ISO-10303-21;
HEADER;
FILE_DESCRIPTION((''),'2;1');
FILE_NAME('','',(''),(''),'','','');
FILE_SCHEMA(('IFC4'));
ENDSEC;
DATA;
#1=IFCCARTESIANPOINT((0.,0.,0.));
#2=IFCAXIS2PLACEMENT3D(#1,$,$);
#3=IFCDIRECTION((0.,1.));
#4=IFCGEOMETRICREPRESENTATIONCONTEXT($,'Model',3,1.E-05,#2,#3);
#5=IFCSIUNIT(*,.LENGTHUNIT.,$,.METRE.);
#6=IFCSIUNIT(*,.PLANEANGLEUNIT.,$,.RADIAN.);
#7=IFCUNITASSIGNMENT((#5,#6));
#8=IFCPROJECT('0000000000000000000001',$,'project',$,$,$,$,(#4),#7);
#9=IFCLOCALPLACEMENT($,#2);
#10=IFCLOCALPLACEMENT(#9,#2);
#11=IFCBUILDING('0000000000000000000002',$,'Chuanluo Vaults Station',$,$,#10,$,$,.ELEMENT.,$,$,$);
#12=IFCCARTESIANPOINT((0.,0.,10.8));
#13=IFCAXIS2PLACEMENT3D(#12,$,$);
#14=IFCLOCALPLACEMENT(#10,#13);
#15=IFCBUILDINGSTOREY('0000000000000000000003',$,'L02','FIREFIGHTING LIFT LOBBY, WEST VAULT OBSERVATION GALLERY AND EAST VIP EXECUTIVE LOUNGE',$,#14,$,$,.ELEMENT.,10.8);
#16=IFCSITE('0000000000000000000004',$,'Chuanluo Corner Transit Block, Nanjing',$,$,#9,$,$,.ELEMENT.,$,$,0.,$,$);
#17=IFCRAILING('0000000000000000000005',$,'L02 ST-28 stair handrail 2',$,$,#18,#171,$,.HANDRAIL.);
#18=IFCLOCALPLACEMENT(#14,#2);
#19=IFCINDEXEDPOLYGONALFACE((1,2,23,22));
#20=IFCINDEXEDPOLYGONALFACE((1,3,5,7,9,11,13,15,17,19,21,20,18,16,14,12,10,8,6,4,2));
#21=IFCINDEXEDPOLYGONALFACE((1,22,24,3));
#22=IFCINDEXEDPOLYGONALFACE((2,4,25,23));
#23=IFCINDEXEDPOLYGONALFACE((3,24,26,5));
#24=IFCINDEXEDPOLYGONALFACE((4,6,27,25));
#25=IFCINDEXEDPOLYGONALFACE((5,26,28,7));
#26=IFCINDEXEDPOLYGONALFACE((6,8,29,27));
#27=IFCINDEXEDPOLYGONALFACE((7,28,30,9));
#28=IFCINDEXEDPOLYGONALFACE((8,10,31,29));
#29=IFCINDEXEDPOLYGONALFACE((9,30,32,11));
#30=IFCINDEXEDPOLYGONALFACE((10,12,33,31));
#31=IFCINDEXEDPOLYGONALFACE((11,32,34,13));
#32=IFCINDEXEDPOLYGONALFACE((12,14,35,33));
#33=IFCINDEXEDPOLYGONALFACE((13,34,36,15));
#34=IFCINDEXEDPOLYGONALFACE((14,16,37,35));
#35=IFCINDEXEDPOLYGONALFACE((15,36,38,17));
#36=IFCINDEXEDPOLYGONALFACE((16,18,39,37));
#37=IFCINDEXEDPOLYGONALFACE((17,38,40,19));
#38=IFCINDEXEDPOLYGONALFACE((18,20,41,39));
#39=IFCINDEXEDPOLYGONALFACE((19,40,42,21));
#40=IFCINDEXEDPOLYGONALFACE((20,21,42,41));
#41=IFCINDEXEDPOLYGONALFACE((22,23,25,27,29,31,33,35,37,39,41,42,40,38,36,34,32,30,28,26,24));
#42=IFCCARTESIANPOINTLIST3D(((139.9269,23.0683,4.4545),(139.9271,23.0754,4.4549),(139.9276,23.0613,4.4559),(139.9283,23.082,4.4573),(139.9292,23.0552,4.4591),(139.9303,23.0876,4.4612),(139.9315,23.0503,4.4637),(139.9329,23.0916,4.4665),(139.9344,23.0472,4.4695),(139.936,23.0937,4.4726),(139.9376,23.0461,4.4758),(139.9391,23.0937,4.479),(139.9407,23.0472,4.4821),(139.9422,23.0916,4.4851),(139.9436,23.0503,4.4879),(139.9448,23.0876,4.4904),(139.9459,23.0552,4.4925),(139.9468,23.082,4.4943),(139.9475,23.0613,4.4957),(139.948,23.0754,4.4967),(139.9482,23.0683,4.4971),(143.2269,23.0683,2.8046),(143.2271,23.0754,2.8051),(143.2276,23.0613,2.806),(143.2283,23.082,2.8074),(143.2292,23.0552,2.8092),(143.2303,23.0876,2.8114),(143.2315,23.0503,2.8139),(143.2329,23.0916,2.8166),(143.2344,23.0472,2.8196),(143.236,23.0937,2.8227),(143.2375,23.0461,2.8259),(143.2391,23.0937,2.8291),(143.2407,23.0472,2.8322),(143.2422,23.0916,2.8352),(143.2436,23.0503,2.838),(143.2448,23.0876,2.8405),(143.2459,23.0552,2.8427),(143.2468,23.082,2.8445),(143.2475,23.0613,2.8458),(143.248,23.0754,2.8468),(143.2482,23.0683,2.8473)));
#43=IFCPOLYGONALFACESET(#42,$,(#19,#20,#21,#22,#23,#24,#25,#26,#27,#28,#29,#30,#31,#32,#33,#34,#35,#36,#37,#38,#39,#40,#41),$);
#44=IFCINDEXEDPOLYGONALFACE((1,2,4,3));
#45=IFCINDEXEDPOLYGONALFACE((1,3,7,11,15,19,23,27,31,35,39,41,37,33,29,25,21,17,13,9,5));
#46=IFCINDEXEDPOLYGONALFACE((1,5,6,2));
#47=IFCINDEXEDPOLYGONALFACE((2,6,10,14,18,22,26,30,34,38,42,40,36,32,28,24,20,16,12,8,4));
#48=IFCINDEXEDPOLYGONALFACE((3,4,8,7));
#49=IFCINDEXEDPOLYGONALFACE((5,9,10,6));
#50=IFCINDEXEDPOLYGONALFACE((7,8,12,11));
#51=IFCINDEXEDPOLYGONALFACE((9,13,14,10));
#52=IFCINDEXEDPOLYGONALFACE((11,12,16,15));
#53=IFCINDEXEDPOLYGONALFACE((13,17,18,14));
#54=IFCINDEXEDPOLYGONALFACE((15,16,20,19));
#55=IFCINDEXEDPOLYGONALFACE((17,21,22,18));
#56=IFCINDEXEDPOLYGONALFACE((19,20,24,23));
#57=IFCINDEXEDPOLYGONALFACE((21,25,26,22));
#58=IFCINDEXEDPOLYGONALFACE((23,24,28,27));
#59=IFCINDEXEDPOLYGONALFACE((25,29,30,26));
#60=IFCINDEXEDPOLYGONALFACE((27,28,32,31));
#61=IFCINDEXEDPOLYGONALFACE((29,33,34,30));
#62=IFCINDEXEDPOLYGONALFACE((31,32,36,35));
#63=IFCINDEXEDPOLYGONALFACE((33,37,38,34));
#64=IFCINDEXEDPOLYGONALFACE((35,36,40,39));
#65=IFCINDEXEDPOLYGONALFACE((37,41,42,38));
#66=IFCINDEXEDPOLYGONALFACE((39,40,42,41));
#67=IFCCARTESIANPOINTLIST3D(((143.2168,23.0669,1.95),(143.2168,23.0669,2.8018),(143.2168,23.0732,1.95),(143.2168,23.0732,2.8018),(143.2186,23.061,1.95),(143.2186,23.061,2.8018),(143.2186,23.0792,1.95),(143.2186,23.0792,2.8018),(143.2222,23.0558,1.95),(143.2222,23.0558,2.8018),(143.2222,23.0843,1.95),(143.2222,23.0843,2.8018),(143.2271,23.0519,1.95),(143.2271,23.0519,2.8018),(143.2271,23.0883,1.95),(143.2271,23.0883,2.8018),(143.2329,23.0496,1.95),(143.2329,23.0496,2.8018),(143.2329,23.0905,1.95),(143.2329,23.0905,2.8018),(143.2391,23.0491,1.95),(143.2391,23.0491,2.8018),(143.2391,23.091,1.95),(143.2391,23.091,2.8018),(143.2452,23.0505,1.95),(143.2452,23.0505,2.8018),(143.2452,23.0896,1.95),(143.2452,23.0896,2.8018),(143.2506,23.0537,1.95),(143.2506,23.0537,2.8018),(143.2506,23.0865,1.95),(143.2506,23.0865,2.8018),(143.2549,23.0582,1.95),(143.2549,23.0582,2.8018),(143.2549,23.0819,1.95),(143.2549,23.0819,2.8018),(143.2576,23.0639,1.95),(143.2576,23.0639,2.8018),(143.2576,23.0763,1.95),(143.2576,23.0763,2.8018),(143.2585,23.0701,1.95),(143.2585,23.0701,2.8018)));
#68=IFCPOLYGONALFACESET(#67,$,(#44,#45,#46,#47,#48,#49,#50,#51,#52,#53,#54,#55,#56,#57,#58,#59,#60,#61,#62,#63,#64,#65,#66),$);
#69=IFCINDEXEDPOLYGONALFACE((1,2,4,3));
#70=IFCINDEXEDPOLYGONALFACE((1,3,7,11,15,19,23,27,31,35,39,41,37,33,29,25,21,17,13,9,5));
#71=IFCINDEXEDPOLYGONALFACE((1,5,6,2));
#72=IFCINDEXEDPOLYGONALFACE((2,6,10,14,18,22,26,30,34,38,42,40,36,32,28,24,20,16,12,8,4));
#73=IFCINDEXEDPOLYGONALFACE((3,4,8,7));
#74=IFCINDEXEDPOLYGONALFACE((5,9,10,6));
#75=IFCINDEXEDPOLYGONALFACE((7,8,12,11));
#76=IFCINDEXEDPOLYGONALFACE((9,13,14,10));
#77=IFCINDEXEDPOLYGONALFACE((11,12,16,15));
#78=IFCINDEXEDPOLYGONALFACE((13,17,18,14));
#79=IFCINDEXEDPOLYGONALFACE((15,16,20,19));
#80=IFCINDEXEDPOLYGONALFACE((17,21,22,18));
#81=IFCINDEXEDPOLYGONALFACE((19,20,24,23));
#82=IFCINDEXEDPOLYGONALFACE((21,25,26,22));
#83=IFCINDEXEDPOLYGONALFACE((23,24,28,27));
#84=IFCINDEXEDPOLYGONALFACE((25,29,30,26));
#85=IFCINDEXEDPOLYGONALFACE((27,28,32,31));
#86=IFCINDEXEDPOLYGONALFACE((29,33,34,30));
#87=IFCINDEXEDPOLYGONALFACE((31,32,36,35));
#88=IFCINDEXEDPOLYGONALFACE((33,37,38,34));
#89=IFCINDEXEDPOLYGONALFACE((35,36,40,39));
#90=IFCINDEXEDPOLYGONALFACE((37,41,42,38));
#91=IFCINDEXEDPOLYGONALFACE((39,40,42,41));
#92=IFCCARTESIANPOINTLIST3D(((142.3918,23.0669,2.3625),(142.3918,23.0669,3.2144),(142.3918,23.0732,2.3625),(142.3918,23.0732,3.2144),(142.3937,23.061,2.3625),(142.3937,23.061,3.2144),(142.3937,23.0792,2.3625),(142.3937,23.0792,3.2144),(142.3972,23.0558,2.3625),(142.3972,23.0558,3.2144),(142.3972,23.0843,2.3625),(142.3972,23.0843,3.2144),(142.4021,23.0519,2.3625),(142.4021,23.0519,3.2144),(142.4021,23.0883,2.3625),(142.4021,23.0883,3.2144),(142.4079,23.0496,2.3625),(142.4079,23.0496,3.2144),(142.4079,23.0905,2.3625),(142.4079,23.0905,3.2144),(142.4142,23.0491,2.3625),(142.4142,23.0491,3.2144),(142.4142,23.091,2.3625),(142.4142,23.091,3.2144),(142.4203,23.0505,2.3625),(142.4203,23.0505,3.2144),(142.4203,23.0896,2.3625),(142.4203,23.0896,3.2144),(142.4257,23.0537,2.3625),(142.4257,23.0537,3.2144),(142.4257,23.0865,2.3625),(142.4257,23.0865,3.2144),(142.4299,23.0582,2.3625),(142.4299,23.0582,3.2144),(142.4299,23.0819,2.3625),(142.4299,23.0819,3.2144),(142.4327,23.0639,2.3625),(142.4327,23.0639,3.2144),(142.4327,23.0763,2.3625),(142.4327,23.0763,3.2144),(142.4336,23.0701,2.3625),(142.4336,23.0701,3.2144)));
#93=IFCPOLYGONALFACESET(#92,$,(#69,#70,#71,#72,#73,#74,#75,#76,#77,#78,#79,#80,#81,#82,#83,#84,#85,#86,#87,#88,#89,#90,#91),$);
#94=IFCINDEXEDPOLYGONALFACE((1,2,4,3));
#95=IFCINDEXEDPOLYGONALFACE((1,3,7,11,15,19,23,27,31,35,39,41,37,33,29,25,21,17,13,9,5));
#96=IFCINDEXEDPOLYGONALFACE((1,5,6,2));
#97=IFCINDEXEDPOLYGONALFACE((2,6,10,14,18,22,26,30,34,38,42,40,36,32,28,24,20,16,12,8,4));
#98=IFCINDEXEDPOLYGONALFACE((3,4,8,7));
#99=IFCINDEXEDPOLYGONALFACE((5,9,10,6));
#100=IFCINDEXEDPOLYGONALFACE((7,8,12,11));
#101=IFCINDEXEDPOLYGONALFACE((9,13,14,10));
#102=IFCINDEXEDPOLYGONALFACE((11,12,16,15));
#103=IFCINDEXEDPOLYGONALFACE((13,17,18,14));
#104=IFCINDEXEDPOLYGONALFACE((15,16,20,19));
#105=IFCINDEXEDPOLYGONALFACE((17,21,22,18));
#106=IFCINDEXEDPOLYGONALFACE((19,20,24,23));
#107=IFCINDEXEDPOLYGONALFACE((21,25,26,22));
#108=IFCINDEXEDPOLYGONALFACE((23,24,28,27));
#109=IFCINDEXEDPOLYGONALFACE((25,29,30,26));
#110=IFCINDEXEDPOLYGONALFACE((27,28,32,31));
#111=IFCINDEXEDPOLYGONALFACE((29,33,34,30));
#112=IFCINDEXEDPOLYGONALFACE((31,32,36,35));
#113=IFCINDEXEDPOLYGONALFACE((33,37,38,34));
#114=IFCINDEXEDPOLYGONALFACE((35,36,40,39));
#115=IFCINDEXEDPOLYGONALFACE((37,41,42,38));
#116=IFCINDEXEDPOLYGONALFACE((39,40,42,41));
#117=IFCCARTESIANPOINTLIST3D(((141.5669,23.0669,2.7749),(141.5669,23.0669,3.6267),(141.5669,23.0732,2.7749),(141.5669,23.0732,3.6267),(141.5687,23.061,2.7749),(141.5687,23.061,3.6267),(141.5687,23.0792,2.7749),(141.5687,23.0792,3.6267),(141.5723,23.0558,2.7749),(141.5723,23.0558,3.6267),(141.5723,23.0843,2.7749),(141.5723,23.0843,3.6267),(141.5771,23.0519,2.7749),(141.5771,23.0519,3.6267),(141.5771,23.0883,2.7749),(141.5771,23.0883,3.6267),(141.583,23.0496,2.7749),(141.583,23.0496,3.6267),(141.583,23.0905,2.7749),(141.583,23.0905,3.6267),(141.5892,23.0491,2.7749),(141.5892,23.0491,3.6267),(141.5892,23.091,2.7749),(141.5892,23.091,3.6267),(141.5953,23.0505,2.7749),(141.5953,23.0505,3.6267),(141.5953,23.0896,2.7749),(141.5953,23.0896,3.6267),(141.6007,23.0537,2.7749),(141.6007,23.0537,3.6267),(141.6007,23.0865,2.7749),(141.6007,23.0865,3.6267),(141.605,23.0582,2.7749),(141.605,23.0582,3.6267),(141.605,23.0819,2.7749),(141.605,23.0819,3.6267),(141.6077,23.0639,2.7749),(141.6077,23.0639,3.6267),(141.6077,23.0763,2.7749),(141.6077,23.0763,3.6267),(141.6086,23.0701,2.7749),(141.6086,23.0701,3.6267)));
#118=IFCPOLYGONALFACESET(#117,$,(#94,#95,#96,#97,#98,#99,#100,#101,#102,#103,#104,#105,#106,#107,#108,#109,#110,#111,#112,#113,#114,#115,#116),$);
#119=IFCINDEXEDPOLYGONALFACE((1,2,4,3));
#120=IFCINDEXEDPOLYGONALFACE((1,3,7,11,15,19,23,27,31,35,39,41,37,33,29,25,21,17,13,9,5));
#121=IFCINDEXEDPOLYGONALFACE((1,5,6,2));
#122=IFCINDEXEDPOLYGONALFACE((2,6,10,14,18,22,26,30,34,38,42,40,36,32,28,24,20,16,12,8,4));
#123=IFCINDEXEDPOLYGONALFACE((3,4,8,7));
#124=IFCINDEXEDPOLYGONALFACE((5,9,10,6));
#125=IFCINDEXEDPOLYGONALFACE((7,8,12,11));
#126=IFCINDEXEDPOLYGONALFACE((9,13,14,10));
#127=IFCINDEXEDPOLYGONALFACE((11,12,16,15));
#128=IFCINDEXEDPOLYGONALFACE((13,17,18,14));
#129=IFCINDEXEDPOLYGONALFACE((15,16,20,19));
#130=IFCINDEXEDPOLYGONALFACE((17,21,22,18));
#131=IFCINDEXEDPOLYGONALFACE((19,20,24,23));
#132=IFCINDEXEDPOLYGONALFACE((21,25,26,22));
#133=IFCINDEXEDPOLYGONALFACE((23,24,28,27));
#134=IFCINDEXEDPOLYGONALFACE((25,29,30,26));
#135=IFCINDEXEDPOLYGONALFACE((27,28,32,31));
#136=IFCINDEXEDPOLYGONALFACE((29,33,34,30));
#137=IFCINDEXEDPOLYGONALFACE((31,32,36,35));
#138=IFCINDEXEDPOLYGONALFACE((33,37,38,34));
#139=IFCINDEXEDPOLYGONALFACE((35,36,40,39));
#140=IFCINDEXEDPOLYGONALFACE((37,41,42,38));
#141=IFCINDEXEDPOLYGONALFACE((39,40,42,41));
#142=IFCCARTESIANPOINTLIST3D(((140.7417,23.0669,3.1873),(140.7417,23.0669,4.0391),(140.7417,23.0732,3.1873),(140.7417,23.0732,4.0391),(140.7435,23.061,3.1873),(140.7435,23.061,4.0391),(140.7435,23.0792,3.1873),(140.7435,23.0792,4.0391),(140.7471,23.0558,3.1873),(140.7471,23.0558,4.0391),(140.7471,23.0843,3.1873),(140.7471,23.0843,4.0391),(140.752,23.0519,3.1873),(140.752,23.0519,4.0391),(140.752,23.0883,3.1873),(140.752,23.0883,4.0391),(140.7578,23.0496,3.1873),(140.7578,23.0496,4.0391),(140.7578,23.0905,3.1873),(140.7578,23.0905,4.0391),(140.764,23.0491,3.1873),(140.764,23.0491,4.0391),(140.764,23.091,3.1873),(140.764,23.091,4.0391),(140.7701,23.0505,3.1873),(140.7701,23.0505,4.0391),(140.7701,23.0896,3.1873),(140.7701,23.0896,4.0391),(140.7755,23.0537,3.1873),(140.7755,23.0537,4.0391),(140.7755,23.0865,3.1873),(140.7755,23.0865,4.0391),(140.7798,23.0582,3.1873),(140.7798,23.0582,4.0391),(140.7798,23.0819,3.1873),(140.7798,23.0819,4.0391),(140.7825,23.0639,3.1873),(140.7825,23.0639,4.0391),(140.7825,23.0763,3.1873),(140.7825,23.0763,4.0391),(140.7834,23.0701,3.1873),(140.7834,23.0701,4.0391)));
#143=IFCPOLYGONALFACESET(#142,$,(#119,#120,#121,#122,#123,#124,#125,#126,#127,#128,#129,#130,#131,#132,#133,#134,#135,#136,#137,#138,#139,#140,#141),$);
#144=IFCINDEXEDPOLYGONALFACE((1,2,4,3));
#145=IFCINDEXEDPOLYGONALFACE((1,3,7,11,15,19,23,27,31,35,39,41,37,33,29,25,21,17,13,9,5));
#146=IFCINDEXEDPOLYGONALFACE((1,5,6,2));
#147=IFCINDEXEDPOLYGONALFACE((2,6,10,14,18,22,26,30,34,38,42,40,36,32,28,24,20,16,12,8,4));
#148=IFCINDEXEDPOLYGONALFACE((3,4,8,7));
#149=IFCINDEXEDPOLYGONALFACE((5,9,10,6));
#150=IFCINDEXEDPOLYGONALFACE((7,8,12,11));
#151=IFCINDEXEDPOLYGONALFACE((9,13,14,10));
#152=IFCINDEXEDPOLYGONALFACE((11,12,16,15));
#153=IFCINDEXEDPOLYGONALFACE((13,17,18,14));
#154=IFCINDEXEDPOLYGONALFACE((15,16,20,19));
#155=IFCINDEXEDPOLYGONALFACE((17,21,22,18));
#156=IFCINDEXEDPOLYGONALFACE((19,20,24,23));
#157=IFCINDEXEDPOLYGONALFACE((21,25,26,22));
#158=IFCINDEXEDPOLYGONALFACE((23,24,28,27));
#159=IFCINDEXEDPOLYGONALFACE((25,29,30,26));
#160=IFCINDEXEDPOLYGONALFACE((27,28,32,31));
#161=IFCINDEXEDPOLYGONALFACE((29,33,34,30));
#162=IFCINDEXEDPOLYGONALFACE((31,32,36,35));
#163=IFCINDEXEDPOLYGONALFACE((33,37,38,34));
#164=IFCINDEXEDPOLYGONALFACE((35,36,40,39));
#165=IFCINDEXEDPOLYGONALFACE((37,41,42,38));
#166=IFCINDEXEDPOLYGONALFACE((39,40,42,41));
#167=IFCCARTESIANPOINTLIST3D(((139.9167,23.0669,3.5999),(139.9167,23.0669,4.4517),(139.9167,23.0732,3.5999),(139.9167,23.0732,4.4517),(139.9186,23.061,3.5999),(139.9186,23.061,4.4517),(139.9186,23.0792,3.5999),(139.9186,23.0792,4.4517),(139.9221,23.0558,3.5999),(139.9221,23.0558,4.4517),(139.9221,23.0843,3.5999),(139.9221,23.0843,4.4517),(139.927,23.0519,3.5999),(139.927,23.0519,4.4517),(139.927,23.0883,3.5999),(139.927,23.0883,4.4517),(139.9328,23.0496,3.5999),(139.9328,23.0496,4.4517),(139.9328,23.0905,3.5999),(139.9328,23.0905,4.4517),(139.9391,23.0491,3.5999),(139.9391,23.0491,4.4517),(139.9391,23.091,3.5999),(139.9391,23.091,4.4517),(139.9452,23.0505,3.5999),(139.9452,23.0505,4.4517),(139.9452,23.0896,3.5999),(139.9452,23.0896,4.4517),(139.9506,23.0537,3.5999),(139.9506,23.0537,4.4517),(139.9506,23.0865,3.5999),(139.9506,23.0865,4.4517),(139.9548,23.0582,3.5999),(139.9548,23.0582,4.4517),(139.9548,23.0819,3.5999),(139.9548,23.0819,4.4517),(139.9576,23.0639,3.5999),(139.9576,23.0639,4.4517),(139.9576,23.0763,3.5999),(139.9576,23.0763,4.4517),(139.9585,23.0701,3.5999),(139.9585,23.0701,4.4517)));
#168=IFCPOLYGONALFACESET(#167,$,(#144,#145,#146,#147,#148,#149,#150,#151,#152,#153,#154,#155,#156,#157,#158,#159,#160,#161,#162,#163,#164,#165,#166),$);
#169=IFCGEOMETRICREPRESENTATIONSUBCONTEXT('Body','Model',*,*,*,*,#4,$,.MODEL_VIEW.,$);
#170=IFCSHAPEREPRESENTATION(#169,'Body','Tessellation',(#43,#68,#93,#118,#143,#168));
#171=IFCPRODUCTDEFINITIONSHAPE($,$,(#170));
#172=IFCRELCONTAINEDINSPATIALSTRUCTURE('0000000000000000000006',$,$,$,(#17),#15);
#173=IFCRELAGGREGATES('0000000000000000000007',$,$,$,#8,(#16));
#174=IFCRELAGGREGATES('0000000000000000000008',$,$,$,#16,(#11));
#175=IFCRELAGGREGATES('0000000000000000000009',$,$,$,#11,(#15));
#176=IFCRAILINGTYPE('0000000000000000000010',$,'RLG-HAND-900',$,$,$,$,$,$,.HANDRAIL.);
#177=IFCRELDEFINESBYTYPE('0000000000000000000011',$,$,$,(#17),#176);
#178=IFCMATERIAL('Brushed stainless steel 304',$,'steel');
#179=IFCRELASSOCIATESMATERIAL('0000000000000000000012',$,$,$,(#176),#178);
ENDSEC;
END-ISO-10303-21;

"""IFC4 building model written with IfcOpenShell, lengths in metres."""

from ifc_helpers import new_model, si_unit, direction, frame, origin, origin_2d, place, context, subcontext, project, spatial, circle, extrude, material, type_object, element, save


model = new_model("IFC4")

# Units and contexts
model_context = context("Model", 3, precision=1e-05, world=origin(), true_north=direction((0.0, 1.0)))
body_context = subcontext(model_context, "Body", "Model", "MODEL_VIEW")
ifc_project = project(units=[si_unit("LENGTHUNIT", "METRE"), si_unit("PLANEANGLEUNIT", "RADIAN")], contexts=[model_context])

# Site, building, storey
site_placement = place(None, origin())
site = spatial("IfcSite", under=ifc_project, at=site_placement, Name="Chuanluo Corner Transit Block, Nanjing", CompositionType="ELEMENT", RefElevation=0.0)
building_placement = place(site_placement, origin())
building = spatial("IfcBuilding", under=site, at=building_placement, Name="Chuanluo Vaults Station", CompositionType="ELEMENT")
storey_placement = place(building_placement, frame((0.0, 0.0, 10.8)))
storey = spatial("IfcBuildingStorey", under=building, at=storey_placement, Name="L02", Description="FIREFIGHTING LIFT LOBBY, WEST VAULT OBSERVATION GALLERY AND EAST VIP EXECUTIVE LOUNGE", CompositionType="ELEMENT", Elevation=10.8)

# Railing
ifc_material_1 = material(Name="Brushed stainless steel 304", Category="steel")
railing_type_1 = type_object("IfcRailingType", Name="RLG-HAND-900", PredefinedType="HANDRAIL", material=ifc_material_1)
railing_1_placement = place(storey_placement, frame((143.2375, 23.0701, 1.95)))
element("IfcRailing", 1, at=railing_1_placement, inside=storey, type_object=railing_type_1, Name="L02 ST-28 stair handrail 2", PredefinedType="HANDRAIL", context=body_context, shape_type="SweptSolid", body=[
    extrude(circle(Radius=0.0239, at=origin_2d()), frame((0.0, 0.0, 0.876), z_axis=(-0.89444, 0.0, 0.447187), x_axis=(0.0, -1.0, 0.0)), (0.0, 0.0, 1.0), 3.6895),
    extrude(circle(Radius=0.021, at=origin_2d()), origin(), (0.0, 0.0, 1.0), 0.8518),
    extrude(circle(Radius=0.021, at=origin_2d()), frame((-0.825, 0.0, 0.4126)), (0.0, 0.0, 1.0), 0.8518),
    extrude(circle(Radius=0.021, at=origin_2d()), frame((-1.6499, 0.0, 0.825)), (0.0, 0.0, 1.0), 0.8518),
    extrude(circle(Radius=0.021, at=origin_2d()), frame((-2.4751, 0.0, 1.2373)), (0.0, 0.0, 1.0), 0.8518),
    extrude(circle(Radius=0.021, at=origin_2d()), frame((-3.3, 0.0, 1.6499)), (0.0, 0.0, 1.0), 0.8518),
])

save(model, "model.ifc")
